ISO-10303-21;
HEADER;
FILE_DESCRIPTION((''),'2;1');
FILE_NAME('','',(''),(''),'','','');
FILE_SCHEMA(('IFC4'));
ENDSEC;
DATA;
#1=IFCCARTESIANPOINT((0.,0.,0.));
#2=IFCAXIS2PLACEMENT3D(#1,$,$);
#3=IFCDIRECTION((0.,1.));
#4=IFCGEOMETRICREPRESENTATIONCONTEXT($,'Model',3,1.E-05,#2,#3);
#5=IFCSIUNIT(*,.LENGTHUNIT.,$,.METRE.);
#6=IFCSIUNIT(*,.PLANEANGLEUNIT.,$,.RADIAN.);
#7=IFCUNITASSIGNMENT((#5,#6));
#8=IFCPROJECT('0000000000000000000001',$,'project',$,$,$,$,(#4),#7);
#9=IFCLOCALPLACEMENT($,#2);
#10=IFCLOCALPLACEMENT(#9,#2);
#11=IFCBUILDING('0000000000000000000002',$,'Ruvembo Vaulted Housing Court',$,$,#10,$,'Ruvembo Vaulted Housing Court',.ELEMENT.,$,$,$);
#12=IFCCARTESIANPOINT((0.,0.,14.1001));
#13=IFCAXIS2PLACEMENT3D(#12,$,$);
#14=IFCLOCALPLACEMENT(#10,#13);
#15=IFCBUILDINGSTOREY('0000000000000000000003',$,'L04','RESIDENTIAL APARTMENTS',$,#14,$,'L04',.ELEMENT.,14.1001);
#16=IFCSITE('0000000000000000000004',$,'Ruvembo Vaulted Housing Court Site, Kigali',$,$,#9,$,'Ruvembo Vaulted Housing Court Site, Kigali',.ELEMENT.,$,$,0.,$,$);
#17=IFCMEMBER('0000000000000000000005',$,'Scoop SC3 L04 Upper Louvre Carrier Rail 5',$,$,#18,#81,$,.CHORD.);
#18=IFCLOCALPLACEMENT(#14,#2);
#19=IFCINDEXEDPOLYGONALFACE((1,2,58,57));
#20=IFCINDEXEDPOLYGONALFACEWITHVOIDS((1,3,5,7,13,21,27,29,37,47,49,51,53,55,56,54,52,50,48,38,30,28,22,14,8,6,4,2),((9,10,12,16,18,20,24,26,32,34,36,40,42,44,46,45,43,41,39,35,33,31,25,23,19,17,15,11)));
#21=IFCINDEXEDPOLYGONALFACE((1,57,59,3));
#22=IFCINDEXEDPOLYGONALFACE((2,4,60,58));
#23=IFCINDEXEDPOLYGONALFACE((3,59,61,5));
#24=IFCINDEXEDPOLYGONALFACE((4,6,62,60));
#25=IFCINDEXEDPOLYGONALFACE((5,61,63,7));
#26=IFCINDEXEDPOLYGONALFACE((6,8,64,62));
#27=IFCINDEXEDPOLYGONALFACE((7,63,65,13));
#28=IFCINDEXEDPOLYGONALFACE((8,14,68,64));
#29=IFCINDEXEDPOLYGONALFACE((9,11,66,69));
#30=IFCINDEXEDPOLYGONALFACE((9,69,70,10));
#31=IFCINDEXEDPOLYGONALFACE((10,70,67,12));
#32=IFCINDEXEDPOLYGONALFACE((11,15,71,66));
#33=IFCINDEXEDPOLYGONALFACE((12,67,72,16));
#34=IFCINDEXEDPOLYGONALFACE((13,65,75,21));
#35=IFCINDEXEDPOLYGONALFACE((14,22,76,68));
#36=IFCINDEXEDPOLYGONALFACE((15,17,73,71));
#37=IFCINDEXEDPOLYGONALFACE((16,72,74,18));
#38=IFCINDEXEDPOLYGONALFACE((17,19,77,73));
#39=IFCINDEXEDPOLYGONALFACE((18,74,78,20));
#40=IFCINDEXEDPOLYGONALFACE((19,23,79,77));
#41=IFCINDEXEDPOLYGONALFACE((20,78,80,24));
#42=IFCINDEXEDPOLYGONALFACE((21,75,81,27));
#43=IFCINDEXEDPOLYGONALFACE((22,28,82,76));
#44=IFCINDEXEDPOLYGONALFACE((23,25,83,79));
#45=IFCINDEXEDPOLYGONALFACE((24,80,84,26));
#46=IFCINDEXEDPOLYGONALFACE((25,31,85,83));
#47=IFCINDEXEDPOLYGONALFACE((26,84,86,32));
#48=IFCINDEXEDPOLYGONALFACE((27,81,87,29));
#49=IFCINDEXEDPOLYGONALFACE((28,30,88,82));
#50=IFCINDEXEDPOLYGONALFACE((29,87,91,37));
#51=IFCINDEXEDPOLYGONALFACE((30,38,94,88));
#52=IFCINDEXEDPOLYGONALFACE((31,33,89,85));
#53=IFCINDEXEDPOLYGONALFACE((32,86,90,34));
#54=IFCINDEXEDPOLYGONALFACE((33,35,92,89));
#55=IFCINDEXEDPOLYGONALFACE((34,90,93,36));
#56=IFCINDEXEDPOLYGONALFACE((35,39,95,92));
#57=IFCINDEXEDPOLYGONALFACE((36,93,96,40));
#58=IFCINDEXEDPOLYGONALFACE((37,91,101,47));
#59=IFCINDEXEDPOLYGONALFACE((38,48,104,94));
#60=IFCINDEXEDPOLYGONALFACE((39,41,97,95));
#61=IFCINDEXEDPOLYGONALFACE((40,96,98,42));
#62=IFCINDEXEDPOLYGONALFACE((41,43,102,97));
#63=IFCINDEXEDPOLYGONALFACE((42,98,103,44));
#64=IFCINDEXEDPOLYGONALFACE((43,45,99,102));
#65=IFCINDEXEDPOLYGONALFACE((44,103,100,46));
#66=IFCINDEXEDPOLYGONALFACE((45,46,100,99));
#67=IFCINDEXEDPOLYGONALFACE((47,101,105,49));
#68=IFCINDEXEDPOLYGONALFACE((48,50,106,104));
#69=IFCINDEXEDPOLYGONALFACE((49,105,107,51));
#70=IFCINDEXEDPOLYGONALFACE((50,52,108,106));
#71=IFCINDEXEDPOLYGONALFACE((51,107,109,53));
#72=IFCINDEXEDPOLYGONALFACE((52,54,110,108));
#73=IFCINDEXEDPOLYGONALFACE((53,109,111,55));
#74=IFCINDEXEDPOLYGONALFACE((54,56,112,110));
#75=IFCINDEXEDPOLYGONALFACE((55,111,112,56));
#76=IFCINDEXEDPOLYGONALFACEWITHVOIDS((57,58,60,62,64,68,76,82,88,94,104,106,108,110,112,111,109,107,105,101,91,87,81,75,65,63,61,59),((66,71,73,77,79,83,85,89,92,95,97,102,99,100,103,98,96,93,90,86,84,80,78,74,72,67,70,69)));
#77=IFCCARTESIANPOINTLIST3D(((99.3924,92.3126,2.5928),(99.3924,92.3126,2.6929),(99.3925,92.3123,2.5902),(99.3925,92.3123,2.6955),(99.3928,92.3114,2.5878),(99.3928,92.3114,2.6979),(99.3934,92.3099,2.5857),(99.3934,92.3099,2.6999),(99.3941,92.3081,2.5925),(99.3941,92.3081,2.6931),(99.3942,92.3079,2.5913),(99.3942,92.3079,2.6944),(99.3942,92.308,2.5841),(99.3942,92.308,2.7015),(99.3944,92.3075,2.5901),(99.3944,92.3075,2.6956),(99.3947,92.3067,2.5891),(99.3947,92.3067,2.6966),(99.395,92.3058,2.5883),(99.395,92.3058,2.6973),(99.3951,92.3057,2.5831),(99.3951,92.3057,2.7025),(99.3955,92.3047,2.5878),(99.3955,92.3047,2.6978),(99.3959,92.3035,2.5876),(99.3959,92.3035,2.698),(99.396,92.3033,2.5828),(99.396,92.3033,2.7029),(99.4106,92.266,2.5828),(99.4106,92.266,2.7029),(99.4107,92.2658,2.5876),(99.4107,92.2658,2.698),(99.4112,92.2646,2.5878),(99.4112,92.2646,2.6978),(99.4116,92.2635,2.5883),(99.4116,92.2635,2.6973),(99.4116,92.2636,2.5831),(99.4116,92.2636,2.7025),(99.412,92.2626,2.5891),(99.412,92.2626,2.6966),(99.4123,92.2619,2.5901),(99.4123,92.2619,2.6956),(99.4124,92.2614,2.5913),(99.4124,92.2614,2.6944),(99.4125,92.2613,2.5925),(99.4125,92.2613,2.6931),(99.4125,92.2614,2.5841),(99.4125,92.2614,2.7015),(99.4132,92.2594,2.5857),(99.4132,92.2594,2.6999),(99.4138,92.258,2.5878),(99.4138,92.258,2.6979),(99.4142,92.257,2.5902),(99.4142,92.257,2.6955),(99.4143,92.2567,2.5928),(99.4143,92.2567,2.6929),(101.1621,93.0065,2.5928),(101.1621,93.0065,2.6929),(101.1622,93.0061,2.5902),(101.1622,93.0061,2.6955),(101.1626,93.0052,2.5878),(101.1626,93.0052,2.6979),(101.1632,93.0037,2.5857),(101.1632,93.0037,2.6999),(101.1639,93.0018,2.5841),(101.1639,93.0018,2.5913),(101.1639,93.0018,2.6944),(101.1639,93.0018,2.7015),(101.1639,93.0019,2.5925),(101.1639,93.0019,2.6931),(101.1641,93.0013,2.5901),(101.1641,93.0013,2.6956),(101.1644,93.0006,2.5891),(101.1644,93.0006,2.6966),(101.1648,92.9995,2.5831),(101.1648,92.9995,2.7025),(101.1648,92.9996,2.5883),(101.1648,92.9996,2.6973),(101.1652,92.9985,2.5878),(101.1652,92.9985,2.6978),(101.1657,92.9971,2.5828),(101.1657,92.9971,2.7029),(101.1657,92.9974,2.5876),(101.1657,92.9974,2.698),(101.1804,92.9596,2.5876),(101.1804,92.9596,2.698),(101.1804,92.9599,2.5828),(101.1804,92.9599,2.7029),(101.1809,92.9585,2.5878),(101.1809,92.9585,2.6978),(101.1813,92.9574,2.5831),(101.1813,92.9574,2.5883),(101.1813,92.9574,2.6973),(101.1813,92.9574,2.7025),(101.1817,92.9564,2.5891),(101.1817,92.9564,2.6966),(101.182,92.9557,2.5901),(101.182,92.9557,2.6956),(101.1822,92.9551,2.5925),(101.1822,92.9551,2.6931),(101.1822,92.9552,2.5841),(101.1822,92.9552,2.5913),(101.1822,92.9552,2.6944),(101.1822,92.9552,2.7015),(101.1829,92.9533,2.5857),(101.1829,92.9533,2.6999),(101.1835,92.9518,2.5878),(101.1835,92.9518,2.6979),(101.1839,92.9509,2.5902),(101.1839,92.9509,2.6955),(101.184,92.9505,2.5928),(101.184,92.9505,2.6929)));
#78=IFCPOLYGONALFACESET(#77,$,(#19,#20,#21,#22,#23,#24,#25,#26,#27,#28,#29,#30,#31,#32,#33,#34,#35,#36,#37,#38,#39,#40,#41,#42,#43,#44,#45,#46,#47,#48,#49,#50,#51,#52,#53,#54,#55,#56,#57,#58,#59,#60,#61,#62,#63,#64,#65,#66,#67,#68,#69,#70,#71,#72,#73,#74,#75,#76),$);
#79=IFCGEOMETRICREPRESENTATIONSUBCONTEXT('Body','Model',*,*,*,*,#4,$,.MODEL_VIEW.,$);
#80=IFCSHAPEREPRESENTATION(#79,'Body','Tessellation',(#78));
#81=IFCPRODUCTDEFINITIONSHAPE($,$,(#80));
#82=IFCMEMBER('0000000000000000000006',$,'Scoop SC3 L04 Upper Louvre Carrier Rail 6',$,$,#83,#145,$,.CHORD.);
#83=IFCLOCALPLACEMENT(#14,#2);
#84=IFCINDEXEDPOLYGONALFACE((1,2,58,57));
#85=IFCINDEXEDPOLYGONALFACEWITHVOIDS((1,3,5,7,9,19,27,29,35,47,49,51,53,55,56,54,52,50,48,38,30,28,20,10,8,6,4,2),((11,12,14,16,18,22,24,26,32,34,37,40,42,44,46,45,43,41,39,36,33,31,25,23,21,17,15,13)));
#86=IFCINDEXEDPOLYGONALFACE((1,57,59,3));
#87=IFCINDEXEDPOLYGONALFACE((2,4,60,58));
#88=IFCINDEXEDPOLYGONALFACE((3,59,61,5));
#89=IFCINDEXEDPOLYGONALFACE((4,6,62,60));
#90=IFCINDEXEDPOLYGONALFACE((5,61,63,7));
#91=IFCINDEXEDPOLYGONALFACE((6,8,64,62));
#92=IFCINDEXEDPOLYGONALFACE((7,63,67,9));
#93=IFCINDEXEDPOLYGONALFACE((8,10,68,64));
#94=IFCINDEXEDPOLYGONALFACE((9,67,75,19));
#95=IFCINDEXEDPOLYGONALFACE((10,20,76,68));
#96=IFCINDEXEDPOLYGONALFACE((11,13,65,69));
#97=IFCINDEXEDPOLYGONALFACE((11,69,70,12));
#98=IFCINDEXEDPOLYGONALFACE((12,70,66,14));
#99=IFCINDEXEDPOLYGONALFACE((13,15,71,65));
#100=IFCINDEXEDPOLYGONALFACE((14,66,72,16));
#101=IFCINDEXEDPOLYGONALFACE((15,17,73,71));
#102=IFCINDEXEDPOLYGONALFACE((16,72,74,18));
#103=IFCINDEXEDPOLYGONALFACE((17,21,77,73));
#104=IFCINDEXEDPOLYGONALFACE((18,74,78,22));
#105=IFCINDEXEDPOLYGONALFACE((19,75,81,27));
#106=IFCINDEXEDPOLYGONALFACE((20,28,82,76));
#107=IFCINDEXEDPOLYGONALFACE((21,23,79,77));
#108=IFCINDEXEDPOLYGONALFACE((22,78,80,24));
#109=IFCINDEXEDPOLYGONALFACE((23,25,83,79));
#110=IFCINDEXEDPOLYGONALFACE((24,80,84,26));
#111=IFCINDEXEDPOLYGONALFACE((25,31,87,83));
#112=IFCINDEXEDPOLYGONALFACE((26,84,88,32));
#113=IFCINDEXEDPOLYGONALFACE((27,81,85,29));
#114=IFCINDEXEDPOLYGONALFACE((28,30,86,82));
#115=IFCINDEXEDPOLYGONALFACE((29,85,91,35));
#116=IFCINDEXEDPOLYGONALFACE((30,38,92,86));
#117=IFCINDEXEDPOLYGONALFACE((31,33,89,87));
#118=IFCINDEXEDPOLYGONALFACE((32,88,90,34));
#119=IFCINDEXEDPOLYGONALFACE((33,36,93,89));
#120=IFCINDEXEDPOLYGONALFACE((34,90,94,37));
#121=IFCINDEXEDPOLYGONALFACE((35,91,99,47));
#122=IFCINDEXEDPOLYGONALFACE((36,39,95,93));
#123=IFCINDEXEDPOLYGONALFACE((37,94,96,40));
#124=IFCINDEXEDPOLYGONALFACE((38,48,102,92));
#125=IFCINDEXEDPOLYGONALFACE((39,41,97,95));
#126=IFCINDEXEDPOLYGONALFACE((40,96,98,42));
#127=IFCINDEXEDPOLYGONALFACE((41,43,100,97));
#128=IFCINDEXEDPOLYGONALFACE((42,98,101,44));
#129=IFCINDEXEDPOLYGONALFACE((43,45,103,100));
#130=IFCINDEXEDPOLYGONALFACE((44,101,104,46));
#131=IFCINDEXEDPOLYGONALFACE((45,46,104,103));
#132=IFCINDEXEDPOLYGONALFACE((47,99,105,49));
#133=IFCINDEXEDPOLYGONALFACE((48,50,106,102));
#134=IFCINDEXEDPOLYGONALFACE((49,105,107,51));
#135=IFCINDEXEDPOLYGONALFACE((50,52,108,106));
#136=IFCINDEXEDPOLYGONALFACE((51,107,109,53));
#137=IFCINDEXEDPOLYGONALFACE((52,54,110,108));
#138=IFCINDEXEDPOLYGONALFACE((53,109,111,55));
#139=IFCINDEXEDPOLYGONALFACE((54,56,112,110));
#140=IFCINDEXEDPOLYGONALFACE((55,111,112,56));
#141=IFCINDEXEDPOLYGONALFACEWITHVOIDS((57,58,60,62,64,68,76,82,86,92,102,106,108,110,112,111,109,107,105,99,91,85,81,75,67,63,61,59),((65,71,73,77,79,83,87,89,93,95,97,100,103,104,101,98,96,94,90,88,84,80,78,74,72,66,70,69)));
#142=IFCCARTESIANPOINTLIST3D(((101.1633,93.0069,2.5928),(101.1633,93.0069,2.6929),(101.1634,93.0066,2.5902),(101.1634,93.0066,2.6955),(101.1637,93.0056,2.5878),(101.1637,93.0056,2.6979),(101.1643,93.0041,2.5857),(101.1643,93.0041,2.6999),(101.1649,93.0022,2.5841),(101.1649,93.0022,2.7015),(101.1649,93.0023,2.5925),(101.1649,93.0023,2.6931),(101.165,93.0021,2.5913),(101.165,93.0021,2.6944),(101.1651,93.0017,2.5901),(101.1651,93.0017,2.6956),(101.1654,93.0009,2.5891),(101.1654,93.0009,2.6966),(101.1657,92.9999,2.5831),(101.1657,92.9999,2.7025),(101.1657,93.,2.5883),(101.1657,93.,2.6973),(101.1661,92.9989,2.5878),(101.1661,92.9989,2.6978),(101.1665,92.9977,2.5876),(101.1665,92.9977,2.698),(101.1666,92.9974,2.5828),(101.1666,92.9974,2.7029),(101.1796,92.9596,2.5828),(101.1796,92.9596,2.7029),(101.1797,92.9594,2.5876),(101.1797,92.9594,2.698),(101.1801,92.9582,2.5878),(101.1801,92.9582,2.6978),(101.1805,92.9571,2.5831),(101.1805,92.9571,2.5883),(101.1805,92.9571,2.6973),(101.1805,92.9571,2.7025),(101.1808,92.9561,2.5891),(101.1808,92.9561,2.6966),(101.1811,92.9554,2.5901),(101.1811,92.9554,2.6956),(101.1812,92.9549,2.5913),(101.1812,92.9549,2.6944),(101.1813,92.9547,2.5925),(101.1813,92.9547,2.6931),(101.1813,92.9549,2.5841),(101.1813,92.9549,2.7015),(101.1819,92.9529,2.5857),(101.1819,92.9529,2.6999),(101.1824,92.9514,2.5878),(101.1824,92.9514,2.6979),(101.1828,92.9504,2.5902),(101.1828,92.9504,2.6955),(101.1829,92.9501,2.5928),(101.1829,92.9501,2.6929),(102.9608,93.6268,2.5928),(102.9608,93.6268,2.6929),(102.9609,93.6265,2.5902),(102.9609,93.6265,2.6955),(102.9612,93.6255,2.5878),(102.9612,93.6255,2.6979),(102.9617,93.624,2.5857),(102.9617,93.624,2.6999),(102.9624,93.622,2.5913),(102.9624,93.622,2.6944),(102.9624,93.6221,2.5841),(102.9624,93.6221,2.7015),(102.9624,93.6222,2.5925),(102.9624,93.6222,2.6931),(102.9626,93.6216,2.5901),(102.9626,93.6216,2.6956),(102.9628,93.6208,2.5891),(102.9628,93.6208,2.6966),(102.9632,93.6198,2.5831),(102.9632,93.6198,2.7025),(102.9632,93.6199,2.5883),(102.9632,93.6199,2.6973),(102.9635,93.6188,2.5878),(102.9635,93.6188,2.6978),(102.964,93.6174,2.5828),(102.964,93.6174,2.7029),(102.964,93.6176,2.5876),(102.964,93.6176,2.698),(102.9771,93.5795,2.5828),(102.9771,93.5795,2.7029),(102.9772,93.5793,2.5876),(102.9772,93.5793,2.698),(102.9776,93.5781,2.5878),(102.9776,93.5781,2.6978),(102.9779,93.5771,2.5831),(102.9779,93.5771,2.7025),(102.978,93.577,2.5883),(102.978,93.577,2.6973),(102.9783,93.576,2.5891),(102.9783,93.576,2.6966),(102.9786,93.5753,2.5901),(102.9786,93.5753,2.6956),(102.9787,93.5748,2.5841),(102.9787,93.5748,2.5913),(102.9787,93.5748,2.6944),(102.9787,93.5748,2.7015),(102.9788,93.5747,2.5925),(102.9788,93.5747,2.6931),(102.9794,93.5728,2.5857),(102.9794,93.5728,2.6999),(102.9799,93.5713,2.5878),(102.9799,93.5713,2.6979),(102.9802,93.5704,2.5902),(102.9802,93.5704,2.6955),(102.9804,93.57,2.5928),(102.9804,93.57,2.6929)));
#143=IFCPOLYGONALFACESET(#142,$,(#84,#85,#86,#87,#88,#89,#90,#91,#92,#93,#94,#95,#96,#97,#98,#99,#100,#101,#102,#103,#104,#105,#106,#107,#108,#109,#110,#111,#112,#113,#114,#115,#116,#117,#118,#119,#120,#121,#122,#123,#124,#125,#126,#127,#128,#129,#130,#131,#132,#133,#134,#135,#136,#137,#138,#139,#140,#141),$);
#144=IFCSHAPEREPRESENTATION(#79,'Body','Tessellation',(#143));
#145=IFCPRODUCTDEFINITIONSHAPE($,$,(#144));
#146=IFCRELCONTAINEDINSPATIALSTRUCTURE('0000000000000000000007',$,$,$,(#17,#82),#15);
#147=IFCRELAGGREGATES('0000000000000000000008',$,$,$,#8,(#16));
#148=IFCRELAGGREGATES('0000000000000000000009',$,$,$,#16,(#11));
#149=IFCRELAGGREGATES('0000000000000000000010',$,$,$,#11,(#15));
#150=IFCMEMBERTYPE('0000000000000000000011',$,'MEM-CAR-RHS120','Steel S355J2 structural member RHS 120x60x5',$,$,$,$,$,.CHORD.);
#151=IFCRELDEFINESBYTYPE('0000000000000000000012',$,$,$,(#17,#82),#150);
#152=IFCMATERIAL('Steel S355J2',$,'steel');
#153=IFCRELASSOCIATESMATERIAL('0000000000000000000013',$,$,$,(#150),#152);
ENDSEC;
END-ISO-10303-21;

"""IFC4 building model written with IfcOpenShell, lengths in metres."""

from ifc_helpers import new_model, si_unit, direction, frame, origin, origin_2d, place, context, subcontext, project, spatial, hollow_rectangle, extrude, material, material_profile, profile_set, type_object, element, save


model = new_model("IFC4")

# Units and contexts
model_context = context("Model", 3, precision=1e-05, world=origin(), true_north=direction((0.0, 1.0)))
body_context = subcontext(model_context, "Body", "Model", "MODEL_VIEW")
ifc_project = project(units=[si_unit("LENGTHUNIT", "METRE"), si_unit("PLANEANGLEUNIT", "RADIAN")], contexts=[model_context])

# Site, building, storey
site_placement = place(None, origin())
site = spatial("IfcSite", under=ifc_project, at=site_placement, Name="Ruvembo Vaulted Housing Court Site, Kigali", LongName="Ruvembo Vaulted Housing Court Site, Kigali", CompositionType="ELEMENT", RefElevation=0.0)
building_placement = place(site_placement, origin())
building = spatial("IfcBuilding", under=site, at=building_placement, Name="Ruvembo Vaulted Housing Court", LongName="Ruvembo Vaulted Housing Court", CompositionType="ELEMENT")
storey_placement = place(building_placement, frame((0.0, 0.0, 14.1001)))
storey = spatial("IfcBuildingStorey", under=building, at=storey_placement, Name="L04", Description="RESIDENTIAL APARTMENTS", LongName="L04", CompositionType="ELEMENT", Elevation=14.1001)

# Shared definitions
ifc_material_1 = material(Name="Steel S355J2", Category="steel")

# Members
ifc_material_profile_1 = material_profile(ifc_material_1, hollow_rectangle(XDim=0.0601, YDim=0.1201, WallThickness=0.0049, InnerFilletRadius=0.0049, OuterFilletRadius=0.01, at=origin_2d()), Name="RHS 120x60x5")
ifc_profile_set_1 = profile_set([ifc_material_profile_1], Name="Steel S355J2")
member_type_1 = type_object("IfcMemberType", Name="MEM-CAR-RHS120", Description="Steel S355J2 structural member RHS 120x60x5", PredefinedType="CHORD", material=ifc_profile_set_1)
for number, where, z_axis, x_axis, name in (
    (1, (99.4033, 92.2847, 2.6428), (0.931006, 0.365005, 0.0), (-0.365005, 0.931006, 0.0), "Scoop SC3 L04 Upper Louvre Carrier Rail 5"),
):
    element("IfcMember", number, at=place(storey_placement, frame(where, z_axis=z_axis, x_axis=x_axis)), inside=storey, type_object=member_type_1, Name=name, PredefinedType="CHORD", context=body_context, shape_type="SweptSolid", body=[
        extrude(hollow_rectangle(XDim=0.0601, YDim=0.1201, WallThickness=0.0049, InnerFilletRadius=0.0049, OuterFilletRadius=0.01, at=origin_2d()), origin(), (0.0, 0.0, 1.0), 1.9009),
    ])
member_1_placement = place(storey_placement, frame((101.1731, 92.9785, 2.6428), z_axis=(0.945358, 0.326034, 0.0), x_axis=(-0.326034, 0.945358, 0.0)))
element("IfcMember", 2, at=member_1_placement, inside=storey, type_object=member_type_1, Name="Scoop SC3 L04 Upper Louvre Carrier Rail 6", PredefinedType="CHORD", context=body_context, shape_type="SweptSolid", body=[
    extrude(hollow_rectangle(XDim=0.0601, YDim=0.1201, WallThickness=0.0049, InnerFilletRadius=0.0049, OuterFilletRadius=0.01, at=origin_2d()), origin(), (0.0, 0.0, 1.0), 1.9014),
])

save(model, "model.ifc")
